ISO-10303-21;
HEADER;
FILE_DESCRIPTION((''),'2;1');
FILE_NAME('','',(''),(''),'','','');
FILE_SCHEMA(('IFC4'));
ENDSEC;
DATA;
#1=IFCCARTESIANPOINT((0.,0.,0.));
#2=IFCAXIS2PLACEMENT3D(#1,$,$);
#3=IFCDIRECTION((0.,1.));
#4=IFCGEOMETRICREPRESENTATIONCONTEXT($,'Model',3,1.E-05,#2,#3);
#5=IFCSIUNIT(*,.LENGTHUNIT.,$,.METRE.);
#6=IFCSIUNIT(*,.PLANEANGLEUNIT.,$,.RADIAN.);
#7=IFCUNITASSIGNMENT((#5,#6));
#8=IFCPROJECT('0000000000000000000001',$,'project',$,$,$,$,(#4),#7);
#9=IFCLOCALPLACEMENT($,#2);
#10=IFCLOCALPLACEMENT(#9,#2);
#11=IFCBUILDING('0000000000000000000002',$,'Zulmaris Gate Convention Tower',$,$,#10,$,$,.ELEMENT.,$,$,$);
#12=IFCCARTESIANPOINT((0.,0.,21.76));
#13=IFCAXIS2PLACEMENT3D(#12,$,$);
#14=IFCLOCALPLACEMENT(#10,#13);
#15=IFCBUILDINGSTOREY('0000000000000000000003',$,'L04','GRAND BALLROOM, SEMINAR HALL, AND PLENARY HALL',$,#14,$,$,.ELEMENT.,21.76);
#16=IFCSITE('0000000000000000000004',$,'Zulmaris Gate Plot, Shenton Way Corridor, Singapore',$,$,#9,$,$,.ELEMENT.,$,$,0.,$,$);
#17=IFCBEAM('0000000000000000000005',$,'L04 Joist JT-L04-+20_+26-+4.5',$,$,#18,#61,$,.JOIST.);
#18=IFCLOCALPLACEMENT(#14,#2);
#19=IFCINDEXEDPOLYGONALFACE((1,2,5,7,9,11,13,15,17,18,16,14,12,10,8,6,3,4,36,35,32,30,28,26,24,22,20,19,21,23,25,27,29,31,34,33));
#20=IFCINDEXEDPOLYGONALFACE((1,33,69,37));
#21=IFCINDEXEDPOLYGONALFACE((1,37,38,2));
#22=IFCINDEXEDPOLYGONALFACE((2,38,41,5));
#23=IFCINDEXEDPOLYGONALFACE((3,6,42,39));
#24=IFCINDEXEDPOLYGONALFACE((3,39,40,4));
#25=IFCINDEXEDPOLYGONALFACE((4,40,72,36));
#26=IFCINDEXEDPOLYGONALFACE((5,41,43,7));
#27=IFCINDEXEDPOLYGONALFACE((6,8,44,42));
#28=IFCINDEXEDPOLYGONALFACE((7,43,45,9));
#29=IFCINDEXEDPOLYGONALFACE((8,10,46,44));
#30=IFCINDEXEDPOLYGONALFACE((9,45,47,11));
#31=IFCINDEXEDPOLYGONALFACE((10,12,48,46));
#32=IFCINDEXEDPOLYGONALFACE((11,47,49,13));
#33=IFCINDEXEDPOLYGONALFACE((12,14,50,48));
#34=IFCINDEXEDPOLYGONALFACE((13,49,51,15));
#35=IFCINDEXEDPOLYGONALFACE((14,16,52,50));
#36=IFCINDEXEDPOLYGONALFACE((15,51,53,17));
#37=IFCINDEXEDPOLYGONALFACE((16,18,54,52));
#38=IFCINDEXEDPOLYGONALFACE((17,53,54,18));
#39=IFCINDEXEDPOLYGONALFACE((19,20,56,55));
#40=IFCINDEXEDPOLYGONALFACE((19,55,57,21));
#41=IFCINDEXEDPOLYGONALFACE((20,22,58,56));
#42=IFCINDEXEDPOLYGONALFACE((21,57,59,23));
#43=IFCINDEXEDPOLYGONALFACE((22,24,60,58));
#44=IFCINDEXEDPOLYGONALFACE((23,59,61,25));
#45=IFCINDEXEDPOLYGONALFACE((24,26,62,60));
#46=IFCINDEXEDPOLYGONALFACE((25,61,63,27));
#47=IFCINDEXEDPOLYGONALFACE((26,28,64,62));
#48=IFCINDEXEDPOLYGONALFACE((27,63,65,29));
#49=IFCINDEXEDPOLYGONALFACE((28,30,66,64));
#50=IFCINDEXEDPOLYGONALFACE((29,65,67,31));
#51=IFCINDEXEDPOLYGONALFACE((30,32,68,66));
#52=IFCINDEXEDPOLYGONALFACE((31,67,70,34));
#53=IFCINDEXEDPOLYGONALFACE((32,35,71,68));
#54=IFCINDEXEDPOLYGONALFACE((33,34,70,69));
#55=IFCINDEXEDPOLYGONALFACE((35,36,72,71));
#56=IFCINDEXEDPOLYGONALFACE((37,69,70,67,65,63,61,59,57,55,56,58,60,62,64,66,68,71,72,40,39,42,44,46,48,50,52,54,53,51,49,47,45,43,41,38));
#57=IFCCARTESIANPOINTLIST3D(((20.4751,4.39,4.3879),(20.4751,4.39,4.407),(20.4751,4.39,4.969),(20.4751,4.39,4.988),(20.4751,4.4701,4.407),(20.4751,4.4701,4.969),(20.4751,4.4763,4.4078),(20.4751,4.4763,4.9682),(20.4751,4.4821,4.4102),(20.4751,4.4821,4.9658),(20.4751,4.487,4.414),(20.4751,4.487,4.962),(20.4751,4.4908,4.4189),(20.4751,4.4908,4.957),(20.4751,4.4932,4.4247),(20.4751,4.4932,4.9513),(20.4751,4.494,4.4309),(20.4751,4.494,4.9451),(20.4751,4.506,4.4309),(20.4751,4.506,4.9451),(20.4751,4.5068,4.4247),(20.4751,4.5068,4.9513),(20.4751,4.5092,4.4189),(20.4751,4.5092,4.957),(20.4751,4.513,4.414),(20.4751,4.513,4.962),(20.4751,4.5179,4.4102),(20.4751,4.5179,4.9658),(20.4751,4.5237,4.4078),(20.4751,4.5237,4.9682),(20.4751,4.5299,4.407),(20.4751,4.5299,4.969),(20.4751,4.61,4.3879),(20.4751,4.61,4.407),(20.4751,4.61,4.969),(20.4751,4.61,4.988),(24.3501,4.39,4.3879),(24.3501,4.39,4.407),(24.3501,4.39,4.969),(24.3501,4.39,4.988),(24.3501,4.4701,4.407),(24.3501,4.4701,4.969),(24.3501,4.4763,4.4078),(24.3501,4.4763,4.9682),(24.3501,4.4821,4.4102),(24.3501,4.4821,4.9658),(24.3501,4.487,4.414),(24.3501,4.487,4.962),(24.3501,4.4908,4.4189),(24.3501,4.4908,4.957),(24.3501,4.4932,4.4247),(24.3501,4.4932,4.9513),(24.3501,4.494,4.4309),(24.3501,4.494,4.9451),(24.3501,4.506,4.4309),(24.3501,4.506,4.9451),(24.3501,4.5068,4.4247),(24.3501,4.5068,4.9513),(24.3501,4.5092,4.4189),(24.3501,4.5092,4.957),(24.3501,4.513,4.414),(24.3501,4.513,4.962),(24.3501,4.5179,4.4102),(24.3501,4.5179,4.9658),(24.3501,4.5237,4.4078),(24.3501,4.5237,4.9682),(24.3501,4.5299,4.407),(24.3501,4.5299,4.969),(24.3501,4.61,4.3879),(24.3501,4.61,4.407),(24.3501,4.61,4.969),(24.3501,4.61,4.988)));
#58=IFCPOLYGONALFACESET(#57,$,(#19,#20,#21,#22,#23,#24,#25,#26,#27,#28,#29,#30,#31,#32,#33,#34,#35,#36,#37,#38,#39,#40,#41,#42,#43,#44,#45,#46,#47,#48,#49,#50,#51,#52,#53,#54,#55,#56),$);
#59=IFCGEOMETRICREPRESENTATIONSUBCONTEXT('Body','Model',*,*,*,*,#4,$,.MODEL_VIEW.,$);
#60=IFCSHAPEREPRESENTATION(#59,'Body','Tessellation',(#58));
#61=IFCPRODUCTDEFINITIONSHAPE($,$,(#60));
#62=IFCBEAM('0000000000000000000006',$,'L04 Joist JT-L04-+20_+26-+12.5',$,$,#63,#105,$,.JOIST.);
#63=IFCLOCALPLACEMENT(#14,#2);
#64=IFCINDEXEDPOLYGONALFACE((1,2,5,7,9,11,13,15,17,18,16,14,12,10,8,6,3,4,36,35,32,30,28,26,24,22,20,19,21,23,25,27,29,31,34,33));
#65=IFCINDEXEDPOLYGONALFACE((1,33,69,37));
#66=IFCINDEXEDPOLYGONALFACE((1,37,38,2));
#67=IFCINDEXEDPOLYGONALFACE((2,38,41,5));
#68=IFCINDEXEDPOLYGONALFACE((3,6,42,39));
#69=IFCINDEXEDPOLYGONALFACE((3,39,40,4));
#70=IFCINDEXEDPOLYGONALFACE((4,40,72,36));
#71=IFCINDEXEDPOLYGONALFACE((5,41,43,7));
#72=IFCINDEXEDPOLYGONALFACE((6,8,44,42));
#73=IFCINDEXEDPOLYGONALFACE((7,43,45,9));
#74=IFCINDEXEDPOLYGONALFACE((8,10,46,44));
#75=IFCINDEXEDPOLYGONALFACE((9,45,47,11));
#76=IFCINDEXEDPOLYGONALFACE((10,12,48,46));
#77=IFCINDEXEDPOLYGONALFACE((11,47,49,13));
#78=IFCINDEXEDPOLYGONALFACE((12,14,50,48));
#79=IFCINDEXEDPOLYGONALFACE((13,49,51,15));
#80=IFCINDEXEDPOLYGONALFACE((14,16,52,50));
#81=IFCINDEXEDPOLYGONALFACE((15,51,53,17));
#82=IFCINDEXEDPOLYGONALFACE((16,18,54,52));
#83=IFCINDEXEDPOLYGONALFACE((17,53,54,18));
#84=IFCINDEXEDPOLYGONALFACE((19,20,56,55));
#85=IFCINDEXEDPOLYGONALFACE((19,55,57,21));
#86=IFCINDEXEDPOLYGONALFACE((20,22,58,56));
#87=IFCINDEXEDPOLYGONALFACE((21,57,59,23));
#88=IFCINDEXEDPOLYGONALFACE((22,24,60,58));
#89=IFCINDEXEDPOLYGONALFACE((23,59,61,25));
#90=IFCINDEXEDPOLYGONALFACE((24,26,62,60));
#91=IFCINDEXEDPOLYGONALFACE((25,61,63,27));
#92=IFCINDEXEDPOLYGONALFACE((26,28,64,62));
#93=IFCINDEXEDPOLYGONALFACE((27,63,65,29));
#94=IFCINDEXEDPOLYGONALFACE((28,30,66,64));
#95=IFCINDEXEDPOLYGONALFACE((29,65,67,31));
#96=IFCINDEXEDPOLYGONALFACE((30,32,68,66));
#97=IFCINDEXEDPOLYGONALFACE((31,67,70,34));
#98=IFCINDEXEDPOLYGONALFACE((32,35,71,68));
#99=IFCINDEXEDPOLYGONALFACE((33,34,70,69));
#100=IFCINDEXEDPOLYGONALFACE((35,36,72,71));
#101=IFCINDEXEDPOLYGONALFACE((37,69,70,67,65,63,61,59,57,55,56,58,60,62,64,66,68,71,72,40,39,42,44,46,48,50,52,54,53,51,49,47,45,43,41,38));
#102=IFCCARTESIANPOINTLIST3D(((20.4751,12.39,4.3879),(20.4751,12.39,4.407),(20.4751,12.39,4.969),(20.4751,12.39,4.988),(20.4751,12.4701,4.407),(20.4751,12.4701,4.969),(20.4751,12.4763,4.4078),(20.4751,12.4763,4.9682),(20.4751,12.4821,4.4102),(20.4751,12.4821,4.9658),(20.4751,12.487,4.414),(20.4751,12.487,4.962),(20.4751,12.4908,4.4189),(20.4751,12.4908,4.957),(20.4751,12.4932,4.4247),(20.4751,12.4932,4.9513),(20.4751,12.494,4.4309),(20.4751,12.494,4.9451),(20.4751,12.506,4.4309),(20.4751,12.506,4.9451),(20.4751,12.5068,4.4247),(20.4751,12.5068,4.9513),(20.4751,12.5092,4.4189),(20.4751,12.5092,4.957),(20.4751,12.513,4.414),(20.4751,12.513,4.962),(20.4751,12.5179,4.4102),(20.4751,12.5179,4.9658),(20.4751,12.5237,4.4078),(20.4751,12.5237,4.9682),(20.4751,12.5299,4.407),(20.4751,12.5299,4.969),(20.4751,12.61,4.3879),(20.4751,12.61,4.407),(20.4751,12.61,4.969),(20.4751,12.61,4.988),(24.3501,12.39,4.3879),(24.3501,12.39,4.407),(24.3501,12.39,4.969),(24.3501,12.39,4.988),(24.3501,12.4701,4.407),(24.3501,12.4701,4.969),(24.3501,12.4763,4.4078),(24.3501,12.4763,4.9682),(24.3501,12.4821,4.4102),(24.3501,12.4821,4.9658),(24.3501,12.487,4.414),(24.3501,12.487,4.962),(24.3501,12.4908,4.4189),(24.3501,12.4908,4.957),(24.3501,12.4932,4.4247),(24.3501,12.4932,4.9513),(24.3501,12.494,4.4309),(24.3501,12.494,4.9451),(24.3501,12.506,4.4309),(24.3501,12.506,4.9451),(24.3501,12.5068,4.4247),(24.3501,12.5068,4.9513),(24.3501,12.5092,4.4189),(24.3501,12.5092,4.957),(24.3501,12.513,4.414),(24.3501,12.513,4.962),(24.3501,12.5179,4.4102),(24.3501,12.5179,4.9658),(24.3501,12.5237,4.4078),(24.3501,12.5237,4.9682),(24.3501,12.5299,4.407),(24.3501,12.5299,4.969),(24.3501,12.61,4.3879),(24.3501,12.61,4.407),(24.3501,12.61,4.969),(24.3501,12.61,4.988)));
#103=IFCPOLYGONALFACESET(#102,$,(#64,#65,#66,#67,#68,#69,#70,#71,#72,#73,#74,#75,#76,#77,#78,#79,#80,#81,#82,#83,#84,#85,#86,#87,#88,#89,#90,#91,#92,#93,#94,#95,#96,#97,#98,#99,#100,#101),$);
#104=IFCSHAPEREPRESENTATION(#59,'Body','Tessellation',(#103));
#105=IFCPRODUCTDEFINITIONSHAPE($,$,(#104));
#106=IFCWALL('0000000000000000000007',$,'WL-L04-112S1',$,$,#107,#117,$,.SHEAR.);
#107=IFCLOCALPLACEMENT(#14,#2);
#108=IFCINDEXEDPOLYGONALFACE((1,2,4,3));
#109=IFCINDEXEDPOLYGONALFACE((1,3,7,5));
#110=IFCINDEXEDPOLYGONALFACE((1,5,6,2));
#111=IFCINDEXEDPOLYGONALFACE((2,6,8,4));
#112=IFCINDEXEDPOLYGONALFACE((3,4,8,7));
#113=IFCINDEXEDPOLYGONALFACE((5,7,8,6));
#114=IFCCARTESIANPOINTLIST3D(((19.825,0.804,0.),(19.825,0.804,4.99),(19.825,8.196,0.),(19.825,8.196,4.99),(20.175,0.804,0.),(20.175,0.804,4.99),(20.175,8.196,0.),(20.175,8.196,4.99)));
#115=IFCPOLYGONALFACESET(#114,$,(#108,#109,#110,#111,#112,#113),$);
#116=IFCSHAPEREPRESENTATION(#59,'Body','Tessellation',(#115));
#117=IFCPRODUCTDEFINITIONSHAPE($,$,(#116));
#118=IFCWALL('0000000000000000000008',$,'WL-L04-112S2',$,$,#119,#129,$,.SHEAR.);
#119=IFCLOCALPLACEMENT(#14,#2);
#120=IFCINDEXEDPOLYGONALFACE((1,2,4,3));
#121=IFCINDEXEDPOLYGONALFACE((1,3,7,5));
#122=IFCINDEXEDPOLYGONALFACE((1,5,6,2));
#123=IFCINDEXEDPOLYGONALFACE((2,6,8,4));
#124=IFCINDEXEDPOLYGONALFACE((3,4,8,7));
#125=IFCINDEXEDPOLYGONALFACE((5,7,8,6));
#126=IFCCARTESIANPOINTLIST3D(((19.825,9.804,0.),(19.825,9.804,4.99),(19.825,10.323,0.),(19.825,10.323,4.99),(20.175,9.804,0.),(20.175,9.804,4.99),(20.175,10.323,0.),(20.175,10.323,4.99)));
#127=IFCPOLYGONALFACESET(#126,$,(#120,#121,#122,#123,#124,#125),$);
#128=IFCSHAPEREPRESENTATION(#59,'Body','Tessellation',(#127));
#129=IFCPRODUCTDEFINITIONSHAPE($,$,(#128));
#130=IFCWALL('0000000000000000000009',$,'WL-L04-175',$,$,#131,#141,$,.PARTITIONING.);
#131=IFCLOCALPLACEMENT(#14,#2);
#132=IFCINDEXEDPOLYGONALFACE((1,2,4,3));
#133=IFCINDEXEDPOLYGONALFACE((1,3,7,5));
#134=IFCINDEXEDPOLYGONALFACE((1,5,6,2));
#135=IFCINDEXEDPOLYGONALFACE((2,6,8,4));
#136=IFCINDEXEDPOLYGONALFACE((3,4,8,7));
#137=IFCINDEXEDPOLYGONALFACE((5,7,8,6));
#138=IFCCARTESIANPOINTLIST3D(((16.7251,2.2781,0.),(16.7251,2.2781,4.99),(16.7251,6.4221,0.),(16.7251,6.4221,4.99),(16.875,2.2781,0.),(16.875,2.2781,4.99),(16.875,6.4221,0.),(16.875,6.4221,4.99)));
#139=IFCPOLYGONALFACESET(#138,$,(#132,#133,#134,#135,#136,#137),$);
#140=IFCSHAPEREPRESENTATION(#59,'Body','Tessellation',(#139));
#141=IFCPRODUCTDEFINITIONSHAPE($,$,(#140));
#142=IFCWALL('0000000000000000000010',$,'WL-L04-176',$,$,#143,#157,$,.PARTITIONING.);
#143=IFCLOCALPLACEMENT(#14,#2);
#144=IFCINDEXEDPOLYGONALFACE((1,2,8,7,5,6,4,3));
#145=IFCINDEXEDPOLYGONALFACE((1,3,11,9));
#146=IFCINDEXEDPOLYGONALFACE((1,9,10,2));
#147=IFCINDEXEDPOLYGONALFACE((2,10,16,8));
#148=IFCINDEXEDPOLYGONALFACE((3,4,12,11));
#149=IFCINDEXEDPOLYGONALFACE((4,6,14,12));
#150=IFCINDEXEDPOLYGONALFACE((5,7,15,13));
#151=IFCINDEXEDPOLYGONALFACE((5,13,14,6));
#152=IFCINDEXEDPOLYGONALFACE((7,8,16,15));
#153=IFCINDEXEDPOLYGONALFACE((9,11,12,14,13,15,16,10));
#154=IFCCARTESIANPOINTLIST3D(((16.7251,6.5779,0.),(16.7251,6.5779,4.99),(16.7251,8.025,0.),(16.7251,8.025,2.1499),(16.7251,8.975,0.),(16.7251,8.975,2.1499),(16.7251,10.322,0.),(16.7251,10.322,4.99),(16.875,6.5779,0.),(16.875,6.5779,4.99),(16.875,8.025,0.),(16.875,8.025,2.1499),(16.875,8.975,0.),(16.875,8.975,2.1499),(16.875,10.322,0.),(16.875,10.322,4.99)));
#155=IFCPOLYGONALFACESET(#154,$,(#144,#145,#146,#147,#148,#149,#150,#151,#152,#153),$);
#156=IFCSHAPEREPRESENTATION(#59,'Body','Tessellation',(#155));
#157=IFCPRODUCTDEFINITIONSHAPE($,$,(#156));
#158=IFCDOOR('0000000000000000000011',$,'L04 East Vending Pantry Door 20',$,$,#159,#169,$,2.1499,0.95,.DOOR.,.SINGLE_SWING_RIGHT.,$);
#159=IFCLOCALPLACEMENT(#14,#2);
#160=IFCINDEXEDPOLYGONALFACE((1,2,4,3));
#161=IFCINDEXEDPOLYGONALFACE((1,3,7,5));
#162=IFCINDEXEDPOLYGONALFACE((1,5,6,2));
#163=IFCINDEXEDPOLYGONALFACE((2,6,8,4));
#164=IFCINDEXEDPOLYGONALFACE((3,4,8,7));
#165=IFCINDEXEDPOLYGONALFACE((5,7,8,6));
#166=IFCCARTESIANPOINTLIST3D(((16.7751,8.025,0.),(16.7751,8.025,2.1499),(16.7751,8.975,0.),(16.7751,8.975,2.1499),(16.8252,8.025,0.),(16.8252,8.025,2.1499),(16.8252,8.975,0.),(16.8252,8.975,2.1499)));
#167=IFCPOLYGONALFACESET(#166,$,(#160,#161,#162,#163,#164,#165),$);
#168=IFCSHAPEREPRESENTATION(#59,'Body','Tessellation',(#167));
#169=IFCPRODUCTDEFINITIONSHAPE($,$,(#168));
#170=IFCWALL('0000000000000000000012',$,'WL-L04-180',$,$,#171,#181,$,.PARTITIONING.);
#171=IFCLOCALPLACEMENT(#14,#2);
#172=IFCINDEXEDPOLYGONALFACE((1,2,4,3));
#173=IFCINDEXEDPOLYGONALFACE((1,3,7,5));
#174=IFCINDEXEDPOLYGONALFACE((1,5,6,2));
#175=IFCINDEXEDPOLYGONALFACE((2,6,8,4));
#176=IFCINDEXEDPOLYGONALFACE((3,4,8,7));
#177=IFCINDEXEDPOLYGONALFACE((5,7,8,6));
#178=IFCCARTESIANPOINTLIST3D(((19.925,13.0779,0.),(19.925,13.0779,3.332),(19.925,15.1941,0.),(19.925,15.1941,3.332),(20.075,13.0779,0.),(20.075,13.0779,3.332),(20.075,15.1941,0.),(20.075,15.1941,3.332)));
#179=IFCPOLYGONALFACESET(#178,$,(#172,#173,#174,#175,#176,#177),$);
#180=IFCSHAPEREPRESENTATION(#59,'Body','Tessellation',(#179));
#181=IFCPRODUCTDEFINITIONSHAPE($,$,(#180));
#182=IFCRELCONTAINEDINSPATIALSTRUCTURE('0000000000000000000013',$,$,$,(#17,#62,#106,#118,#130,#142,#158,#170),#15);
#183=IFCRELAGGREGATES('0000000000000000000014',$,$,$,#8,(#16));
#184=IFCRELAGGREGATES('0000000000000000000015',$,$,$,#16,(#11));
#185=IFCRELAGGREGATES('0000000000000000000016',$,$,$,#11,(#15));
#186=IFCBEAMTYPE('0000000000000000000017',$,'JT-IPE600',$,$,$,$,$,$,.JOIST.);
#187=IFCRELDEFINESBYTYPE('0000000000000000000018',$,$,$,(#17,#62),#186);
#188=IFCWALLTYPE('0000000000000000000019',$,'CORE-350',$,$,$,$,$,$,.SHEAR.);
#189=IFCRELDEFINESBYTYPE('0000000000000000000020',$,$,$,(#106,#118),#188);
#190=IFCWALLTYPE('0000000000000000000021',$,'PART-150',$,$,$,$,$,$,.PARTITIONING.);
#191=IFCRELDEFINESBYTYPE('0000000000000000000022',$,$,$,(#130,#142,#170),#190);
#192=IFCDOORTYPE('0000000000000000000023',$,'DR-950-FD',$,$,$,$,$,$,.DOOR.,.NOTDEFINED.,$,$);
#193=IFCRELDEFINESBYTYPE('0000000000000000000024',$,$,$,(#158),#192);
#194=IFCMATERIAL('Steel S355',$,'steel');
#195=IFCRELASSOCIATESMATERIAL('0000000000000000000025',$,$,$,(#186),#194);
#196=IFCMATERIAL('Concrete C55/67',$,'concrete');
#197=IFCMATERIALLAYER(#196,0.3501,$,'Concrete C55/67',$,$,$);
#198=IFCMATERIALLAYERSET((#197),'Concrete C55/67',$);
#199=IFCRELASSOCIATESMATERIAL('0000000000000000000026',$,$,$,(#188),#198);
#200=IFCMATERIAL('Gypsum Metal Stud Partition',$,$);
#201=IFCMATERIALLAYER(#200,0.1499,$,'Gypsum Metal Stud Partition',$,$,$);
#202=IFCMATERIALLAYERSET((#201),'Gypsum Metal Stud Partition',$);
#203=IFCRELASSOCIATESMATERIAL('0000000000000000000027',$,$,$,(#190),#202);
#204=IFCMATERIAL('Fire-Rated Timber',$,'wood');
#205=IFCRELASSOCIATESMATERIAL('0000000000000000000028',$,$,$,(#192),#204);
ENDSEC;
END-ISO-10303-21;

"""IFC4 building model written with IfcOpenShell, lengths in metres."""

from ifc_helpers import new_model, si_unit, direction, frame, frame_2d, origin, origin_2d, place, context, subcontext, project, spatial, rectangle, i_section, extrude, material, layer, layer_set, material_profile, profile_set, type_object, element, fill, save


model = new_model("IFC4")

# Units and contexts
model_context = context("Model", 3, precision=1e-05, world=origin(), true_north=direction((0.0, 1.0)))
body_context = subcontext(model_context, "Body", "Model", "MODEL_VIEW")
ifc_project = project(units=[si_unit("LENGTHUNIT", "METRE"), si_unit("PLANEANGLEUNIT", "RADIAN")], contexts=[model_context])

# Site, building, storey
site_placement = place(None, origin())
site = spatial("IfcSite", under=ifc_project, at=site_placement, Name="Zulmaris Gate Plot, Shenton Way Corridor, Singapore", CompositionType="ELEMENT", RefElevation=0.0)
building_placement = place(site_placement, origin())
building = spatial("IfcBuilding", under=site, at=building_placement, Name="Zulmaris Gate Convention Tower", CompositionType="ELEMENT")
storey_placement = place(building_placement, frame((0.0, 0.0, 21.76)))
storey = spatial("IfcBuildingStorey", under=building, at=storey_placement, Name="L04", Description="GRAND BALLROOM, SEMINAR HALL, AND PLENARY HALL", CompositionType="ELEMENT", Elevation=21.76)

# Beams
ifc_material_1 = material(Name="Steel S355", Category="steel")
ifc_material_profile_1 = material_profile(ifc_material_1, i_section(OverallWidth=0.22, OverallDepth=0.6001, WebThickness=0.012, FlangeThickness=0.019, FilletRadius=0.0239, at=origin_2d()), Name="IPE 600")
ifc_profile_set_1 = profile_set([ifc_material_profile_1], Name="Steel S355")
beam_type_1 = type_object("IfcBeamType", Name="JT-IPE600", PredefinedType="JOIST", material=ifc_profile_set_1)
for number, where, z_axis, x_axis, name in (
    (1, (20.4751, 4.5, 4.688), (1.0, 0.0, 0.0), (0.0, 1.0, 0.0), "L04 Joist JT-L04-+20_+26-+4.5"),
    (2, (20.4751, 12.5, 4.688), (1.0, 0.0, 0.0), (0.0, 1.0, 0.0), "L04 Joist JT-L04-+20_+26-+12.5"),
):
    element("IfcBeam", number, at=place(storey_placement, frame(where, z_axis=z_axis, x_axis=x_axis)), inside=storey, type_object=beam_type_1, Name=name, PredefinedType="JOIST", context=body_context, shape_type="SweptSolid", body=[
        extrude(i_section(OverallWidth=0.22, OverallDepth=0.6001, WebThickness=0.012, FlangeThickness=0.019, FilletRadius=0.0239, at=origin_2d()), origin(), (0.0, 0.0, 1.0), 3.875),
    ])

# Walls
ifc_material_2 = material(Name="Concrete C55/67", Category="concrete")
ifc_layer_1 = layer(ifc_material_2, 0.3501, Name="Concrete C55/67")
ifc_layer_set_1 = layer_set([ifc_layer_1], Name="Concrete C55/67")
wall_type_1 = type_object("IfcWallType", Name="CORE-350", PredefinedType="SHEAR", material=ifc_layer_set_1)
wall_1_placement = place(storey_placement, frame((20.0, 0.804, 0.0), z_axis=(0.0, 0.0, 1.0), x_axis=(0.0, 1.0, 0.0)))
element("IfcWall", 3, at=wall_1_placement, inside=storey, type_object=wall_type_1, Name="WL-L04-112S1", PredefinedType="SHEAR", context=body_context, shape_type="SweptSolid", body=[
    extrude(rectangle(XDim=7.3921, YDim=0.3501, at=frame_2d((3.696, 0.0))), origin(), (0.0, 0.0, 1.0), 4.99),
])
wall_2_placement = place(storey_placement, frame((20.0, 9.804, 0.0), z_axis=(0.0, 0.0, 1.0), x_axis=(0.0, 1.0, 0.0)))
element("IfcWall", 4, at=wall_2_placement, inside=storey, type_object=wall_type_1, Name="WL-L04-112S2", PredefinedType="SHEAR", context=body_context, shape_type="SweptSolid", body=[
    extrude(rectangle(XDim=0.519, YDim=0.3501, at=frame_2d((0.2595, 0.0))), origin(), (0.0, 0.0, 1.0), 4.99),
])

# Shared definitions
ifc_material_3 = material(Name="Gypsum Metal Stud Partition")
ifc_layer_2 = layer(ifc_material_3, 0.1499, Name="Gypsum Metal Stud Partition")
ifc_layer_set_2 = layer_set([ifc_layer_2], Name="Gypsum Metal Stud Partition")
wall_type_2 = type_object("IfcWallType", Name="PART-150", PredefinedType="PARTITIONING", material=ifc_layer_set_2)

# Wall
wall_3_placement = place(storey_placement, frame((16.8, 2.2781, 0.0), z_axis=(0.0, 0.0, 1.0), x_axis=(0.0, 1.0, 0.0)))
element("IfcWall", 5, at=wall_3_placement, inside=storey, type_object=wall_type_2, Name="WL-L04-175", PredefinedType="PARTITIONING", context=body_context, shape_type="SweptSolid", body=[
    extrude(rectangle(XDim=4.144, YDim=0.1499, at=frame_2d((2.072, 0.0))), origin(), (0.0, 0.0, 1.0), 4.99),
])

# Wall, opening, door
wall_4_placement = place(storey_placement, frame((16.8, 6.5779, 0.0), z_axis=(0.0, 0.0, 1.0), x_axis=(0.0, 1.0, 0.0)))
wall_4 = element("IfcWall", 6, at=wall_4_placement, inside=storey, type_object=wall_type_2, Name="WL-L04-176", PredefinedType="PARTITIONING", context=body_context, shape_type="SweptSolid", body=[
    extrude(rectangle(XDim=3.7441, YDim=0.1499, at=frame_2d((1.8721, 0.0))), origin(), (0.0, 0.0, 1.0), 4.99),
])
opening_1_placement = place(wall_4_placement, frame((1.447, 0.0, 0.0)))
opening_1 = element("IfcOpeningElement", 7, at=opening_1_placement, cuts=wall_4, PredefinedType="OPENING", context=body_context, shape_type="SweptSolid", body=[
    extrude(rectangle(XDim=0.95, YDim=2.1499, at=frame_2d((0.4751, 1.075))), frame((0.0, 0.085, 0.0), z_axis=(0.0, -1.0, 0.0), x_axis=(1.0, 0.0, 0.0)), (0.0, 0.0, 1.0), 0.1699),
])
ifc_material_4 = material(Name="Fire-Rated Timber", Category="wood")
door_type_1 = type_object("IfcDoorType", Name="DR-950-FD", OperationType="NOTDEFINED", PredefinedType="DOOR", material=ifc_material_4)
door_1_placement = place(opening_1_placement, origin())
door_1 = element("IfcDoor", 8, at=door_1_placement, inside=storey, type_object=door_type_1, Name="L04 East Vending Pantry Door 20", OperationType="SINGLE_SWING_RIGHT", OverallHeight=2.1499, OverallWidth=0.95, PredefinedType="DOOR", context=body_context, shape_type="SweptSolid", body=[
    extrude(rectangle(XDim=0.95, YDim=2.1499, at=frame_2d((0.4751, 1.075))), frame((0.0, 0.0249, 0.0), z_axis=(0.0, -1.0, 0.0), x_axis=(1.0, 0.0, 0.0)), (0.0, 0.0, 1.0), 0.05),
])
fill(opening_1, door_1)

# Wall
wall_5_placement = place(storey_placement, frame((20.0, 13.0779, 0.0), z_axis=(0.0, 0.0, 1.0), x_axis=(0.0, 1.0, 0.0)))
element("IfcWall", 9, at=wall_5_placement, inside=storey, type_object=wall_type_2, Name="WL-L04-180", PredefinedType="PARTITIONING", context=body_context, shape_type="SweptSolid", body=[
    extrude(rectangle(XDim=2.1162, YDim=0.1499, at=frame_2d((1.0581, 0.0))), origin(), (0.0, 0.0, 1.0), 3.332),
])

save(model, "model.ifc")
